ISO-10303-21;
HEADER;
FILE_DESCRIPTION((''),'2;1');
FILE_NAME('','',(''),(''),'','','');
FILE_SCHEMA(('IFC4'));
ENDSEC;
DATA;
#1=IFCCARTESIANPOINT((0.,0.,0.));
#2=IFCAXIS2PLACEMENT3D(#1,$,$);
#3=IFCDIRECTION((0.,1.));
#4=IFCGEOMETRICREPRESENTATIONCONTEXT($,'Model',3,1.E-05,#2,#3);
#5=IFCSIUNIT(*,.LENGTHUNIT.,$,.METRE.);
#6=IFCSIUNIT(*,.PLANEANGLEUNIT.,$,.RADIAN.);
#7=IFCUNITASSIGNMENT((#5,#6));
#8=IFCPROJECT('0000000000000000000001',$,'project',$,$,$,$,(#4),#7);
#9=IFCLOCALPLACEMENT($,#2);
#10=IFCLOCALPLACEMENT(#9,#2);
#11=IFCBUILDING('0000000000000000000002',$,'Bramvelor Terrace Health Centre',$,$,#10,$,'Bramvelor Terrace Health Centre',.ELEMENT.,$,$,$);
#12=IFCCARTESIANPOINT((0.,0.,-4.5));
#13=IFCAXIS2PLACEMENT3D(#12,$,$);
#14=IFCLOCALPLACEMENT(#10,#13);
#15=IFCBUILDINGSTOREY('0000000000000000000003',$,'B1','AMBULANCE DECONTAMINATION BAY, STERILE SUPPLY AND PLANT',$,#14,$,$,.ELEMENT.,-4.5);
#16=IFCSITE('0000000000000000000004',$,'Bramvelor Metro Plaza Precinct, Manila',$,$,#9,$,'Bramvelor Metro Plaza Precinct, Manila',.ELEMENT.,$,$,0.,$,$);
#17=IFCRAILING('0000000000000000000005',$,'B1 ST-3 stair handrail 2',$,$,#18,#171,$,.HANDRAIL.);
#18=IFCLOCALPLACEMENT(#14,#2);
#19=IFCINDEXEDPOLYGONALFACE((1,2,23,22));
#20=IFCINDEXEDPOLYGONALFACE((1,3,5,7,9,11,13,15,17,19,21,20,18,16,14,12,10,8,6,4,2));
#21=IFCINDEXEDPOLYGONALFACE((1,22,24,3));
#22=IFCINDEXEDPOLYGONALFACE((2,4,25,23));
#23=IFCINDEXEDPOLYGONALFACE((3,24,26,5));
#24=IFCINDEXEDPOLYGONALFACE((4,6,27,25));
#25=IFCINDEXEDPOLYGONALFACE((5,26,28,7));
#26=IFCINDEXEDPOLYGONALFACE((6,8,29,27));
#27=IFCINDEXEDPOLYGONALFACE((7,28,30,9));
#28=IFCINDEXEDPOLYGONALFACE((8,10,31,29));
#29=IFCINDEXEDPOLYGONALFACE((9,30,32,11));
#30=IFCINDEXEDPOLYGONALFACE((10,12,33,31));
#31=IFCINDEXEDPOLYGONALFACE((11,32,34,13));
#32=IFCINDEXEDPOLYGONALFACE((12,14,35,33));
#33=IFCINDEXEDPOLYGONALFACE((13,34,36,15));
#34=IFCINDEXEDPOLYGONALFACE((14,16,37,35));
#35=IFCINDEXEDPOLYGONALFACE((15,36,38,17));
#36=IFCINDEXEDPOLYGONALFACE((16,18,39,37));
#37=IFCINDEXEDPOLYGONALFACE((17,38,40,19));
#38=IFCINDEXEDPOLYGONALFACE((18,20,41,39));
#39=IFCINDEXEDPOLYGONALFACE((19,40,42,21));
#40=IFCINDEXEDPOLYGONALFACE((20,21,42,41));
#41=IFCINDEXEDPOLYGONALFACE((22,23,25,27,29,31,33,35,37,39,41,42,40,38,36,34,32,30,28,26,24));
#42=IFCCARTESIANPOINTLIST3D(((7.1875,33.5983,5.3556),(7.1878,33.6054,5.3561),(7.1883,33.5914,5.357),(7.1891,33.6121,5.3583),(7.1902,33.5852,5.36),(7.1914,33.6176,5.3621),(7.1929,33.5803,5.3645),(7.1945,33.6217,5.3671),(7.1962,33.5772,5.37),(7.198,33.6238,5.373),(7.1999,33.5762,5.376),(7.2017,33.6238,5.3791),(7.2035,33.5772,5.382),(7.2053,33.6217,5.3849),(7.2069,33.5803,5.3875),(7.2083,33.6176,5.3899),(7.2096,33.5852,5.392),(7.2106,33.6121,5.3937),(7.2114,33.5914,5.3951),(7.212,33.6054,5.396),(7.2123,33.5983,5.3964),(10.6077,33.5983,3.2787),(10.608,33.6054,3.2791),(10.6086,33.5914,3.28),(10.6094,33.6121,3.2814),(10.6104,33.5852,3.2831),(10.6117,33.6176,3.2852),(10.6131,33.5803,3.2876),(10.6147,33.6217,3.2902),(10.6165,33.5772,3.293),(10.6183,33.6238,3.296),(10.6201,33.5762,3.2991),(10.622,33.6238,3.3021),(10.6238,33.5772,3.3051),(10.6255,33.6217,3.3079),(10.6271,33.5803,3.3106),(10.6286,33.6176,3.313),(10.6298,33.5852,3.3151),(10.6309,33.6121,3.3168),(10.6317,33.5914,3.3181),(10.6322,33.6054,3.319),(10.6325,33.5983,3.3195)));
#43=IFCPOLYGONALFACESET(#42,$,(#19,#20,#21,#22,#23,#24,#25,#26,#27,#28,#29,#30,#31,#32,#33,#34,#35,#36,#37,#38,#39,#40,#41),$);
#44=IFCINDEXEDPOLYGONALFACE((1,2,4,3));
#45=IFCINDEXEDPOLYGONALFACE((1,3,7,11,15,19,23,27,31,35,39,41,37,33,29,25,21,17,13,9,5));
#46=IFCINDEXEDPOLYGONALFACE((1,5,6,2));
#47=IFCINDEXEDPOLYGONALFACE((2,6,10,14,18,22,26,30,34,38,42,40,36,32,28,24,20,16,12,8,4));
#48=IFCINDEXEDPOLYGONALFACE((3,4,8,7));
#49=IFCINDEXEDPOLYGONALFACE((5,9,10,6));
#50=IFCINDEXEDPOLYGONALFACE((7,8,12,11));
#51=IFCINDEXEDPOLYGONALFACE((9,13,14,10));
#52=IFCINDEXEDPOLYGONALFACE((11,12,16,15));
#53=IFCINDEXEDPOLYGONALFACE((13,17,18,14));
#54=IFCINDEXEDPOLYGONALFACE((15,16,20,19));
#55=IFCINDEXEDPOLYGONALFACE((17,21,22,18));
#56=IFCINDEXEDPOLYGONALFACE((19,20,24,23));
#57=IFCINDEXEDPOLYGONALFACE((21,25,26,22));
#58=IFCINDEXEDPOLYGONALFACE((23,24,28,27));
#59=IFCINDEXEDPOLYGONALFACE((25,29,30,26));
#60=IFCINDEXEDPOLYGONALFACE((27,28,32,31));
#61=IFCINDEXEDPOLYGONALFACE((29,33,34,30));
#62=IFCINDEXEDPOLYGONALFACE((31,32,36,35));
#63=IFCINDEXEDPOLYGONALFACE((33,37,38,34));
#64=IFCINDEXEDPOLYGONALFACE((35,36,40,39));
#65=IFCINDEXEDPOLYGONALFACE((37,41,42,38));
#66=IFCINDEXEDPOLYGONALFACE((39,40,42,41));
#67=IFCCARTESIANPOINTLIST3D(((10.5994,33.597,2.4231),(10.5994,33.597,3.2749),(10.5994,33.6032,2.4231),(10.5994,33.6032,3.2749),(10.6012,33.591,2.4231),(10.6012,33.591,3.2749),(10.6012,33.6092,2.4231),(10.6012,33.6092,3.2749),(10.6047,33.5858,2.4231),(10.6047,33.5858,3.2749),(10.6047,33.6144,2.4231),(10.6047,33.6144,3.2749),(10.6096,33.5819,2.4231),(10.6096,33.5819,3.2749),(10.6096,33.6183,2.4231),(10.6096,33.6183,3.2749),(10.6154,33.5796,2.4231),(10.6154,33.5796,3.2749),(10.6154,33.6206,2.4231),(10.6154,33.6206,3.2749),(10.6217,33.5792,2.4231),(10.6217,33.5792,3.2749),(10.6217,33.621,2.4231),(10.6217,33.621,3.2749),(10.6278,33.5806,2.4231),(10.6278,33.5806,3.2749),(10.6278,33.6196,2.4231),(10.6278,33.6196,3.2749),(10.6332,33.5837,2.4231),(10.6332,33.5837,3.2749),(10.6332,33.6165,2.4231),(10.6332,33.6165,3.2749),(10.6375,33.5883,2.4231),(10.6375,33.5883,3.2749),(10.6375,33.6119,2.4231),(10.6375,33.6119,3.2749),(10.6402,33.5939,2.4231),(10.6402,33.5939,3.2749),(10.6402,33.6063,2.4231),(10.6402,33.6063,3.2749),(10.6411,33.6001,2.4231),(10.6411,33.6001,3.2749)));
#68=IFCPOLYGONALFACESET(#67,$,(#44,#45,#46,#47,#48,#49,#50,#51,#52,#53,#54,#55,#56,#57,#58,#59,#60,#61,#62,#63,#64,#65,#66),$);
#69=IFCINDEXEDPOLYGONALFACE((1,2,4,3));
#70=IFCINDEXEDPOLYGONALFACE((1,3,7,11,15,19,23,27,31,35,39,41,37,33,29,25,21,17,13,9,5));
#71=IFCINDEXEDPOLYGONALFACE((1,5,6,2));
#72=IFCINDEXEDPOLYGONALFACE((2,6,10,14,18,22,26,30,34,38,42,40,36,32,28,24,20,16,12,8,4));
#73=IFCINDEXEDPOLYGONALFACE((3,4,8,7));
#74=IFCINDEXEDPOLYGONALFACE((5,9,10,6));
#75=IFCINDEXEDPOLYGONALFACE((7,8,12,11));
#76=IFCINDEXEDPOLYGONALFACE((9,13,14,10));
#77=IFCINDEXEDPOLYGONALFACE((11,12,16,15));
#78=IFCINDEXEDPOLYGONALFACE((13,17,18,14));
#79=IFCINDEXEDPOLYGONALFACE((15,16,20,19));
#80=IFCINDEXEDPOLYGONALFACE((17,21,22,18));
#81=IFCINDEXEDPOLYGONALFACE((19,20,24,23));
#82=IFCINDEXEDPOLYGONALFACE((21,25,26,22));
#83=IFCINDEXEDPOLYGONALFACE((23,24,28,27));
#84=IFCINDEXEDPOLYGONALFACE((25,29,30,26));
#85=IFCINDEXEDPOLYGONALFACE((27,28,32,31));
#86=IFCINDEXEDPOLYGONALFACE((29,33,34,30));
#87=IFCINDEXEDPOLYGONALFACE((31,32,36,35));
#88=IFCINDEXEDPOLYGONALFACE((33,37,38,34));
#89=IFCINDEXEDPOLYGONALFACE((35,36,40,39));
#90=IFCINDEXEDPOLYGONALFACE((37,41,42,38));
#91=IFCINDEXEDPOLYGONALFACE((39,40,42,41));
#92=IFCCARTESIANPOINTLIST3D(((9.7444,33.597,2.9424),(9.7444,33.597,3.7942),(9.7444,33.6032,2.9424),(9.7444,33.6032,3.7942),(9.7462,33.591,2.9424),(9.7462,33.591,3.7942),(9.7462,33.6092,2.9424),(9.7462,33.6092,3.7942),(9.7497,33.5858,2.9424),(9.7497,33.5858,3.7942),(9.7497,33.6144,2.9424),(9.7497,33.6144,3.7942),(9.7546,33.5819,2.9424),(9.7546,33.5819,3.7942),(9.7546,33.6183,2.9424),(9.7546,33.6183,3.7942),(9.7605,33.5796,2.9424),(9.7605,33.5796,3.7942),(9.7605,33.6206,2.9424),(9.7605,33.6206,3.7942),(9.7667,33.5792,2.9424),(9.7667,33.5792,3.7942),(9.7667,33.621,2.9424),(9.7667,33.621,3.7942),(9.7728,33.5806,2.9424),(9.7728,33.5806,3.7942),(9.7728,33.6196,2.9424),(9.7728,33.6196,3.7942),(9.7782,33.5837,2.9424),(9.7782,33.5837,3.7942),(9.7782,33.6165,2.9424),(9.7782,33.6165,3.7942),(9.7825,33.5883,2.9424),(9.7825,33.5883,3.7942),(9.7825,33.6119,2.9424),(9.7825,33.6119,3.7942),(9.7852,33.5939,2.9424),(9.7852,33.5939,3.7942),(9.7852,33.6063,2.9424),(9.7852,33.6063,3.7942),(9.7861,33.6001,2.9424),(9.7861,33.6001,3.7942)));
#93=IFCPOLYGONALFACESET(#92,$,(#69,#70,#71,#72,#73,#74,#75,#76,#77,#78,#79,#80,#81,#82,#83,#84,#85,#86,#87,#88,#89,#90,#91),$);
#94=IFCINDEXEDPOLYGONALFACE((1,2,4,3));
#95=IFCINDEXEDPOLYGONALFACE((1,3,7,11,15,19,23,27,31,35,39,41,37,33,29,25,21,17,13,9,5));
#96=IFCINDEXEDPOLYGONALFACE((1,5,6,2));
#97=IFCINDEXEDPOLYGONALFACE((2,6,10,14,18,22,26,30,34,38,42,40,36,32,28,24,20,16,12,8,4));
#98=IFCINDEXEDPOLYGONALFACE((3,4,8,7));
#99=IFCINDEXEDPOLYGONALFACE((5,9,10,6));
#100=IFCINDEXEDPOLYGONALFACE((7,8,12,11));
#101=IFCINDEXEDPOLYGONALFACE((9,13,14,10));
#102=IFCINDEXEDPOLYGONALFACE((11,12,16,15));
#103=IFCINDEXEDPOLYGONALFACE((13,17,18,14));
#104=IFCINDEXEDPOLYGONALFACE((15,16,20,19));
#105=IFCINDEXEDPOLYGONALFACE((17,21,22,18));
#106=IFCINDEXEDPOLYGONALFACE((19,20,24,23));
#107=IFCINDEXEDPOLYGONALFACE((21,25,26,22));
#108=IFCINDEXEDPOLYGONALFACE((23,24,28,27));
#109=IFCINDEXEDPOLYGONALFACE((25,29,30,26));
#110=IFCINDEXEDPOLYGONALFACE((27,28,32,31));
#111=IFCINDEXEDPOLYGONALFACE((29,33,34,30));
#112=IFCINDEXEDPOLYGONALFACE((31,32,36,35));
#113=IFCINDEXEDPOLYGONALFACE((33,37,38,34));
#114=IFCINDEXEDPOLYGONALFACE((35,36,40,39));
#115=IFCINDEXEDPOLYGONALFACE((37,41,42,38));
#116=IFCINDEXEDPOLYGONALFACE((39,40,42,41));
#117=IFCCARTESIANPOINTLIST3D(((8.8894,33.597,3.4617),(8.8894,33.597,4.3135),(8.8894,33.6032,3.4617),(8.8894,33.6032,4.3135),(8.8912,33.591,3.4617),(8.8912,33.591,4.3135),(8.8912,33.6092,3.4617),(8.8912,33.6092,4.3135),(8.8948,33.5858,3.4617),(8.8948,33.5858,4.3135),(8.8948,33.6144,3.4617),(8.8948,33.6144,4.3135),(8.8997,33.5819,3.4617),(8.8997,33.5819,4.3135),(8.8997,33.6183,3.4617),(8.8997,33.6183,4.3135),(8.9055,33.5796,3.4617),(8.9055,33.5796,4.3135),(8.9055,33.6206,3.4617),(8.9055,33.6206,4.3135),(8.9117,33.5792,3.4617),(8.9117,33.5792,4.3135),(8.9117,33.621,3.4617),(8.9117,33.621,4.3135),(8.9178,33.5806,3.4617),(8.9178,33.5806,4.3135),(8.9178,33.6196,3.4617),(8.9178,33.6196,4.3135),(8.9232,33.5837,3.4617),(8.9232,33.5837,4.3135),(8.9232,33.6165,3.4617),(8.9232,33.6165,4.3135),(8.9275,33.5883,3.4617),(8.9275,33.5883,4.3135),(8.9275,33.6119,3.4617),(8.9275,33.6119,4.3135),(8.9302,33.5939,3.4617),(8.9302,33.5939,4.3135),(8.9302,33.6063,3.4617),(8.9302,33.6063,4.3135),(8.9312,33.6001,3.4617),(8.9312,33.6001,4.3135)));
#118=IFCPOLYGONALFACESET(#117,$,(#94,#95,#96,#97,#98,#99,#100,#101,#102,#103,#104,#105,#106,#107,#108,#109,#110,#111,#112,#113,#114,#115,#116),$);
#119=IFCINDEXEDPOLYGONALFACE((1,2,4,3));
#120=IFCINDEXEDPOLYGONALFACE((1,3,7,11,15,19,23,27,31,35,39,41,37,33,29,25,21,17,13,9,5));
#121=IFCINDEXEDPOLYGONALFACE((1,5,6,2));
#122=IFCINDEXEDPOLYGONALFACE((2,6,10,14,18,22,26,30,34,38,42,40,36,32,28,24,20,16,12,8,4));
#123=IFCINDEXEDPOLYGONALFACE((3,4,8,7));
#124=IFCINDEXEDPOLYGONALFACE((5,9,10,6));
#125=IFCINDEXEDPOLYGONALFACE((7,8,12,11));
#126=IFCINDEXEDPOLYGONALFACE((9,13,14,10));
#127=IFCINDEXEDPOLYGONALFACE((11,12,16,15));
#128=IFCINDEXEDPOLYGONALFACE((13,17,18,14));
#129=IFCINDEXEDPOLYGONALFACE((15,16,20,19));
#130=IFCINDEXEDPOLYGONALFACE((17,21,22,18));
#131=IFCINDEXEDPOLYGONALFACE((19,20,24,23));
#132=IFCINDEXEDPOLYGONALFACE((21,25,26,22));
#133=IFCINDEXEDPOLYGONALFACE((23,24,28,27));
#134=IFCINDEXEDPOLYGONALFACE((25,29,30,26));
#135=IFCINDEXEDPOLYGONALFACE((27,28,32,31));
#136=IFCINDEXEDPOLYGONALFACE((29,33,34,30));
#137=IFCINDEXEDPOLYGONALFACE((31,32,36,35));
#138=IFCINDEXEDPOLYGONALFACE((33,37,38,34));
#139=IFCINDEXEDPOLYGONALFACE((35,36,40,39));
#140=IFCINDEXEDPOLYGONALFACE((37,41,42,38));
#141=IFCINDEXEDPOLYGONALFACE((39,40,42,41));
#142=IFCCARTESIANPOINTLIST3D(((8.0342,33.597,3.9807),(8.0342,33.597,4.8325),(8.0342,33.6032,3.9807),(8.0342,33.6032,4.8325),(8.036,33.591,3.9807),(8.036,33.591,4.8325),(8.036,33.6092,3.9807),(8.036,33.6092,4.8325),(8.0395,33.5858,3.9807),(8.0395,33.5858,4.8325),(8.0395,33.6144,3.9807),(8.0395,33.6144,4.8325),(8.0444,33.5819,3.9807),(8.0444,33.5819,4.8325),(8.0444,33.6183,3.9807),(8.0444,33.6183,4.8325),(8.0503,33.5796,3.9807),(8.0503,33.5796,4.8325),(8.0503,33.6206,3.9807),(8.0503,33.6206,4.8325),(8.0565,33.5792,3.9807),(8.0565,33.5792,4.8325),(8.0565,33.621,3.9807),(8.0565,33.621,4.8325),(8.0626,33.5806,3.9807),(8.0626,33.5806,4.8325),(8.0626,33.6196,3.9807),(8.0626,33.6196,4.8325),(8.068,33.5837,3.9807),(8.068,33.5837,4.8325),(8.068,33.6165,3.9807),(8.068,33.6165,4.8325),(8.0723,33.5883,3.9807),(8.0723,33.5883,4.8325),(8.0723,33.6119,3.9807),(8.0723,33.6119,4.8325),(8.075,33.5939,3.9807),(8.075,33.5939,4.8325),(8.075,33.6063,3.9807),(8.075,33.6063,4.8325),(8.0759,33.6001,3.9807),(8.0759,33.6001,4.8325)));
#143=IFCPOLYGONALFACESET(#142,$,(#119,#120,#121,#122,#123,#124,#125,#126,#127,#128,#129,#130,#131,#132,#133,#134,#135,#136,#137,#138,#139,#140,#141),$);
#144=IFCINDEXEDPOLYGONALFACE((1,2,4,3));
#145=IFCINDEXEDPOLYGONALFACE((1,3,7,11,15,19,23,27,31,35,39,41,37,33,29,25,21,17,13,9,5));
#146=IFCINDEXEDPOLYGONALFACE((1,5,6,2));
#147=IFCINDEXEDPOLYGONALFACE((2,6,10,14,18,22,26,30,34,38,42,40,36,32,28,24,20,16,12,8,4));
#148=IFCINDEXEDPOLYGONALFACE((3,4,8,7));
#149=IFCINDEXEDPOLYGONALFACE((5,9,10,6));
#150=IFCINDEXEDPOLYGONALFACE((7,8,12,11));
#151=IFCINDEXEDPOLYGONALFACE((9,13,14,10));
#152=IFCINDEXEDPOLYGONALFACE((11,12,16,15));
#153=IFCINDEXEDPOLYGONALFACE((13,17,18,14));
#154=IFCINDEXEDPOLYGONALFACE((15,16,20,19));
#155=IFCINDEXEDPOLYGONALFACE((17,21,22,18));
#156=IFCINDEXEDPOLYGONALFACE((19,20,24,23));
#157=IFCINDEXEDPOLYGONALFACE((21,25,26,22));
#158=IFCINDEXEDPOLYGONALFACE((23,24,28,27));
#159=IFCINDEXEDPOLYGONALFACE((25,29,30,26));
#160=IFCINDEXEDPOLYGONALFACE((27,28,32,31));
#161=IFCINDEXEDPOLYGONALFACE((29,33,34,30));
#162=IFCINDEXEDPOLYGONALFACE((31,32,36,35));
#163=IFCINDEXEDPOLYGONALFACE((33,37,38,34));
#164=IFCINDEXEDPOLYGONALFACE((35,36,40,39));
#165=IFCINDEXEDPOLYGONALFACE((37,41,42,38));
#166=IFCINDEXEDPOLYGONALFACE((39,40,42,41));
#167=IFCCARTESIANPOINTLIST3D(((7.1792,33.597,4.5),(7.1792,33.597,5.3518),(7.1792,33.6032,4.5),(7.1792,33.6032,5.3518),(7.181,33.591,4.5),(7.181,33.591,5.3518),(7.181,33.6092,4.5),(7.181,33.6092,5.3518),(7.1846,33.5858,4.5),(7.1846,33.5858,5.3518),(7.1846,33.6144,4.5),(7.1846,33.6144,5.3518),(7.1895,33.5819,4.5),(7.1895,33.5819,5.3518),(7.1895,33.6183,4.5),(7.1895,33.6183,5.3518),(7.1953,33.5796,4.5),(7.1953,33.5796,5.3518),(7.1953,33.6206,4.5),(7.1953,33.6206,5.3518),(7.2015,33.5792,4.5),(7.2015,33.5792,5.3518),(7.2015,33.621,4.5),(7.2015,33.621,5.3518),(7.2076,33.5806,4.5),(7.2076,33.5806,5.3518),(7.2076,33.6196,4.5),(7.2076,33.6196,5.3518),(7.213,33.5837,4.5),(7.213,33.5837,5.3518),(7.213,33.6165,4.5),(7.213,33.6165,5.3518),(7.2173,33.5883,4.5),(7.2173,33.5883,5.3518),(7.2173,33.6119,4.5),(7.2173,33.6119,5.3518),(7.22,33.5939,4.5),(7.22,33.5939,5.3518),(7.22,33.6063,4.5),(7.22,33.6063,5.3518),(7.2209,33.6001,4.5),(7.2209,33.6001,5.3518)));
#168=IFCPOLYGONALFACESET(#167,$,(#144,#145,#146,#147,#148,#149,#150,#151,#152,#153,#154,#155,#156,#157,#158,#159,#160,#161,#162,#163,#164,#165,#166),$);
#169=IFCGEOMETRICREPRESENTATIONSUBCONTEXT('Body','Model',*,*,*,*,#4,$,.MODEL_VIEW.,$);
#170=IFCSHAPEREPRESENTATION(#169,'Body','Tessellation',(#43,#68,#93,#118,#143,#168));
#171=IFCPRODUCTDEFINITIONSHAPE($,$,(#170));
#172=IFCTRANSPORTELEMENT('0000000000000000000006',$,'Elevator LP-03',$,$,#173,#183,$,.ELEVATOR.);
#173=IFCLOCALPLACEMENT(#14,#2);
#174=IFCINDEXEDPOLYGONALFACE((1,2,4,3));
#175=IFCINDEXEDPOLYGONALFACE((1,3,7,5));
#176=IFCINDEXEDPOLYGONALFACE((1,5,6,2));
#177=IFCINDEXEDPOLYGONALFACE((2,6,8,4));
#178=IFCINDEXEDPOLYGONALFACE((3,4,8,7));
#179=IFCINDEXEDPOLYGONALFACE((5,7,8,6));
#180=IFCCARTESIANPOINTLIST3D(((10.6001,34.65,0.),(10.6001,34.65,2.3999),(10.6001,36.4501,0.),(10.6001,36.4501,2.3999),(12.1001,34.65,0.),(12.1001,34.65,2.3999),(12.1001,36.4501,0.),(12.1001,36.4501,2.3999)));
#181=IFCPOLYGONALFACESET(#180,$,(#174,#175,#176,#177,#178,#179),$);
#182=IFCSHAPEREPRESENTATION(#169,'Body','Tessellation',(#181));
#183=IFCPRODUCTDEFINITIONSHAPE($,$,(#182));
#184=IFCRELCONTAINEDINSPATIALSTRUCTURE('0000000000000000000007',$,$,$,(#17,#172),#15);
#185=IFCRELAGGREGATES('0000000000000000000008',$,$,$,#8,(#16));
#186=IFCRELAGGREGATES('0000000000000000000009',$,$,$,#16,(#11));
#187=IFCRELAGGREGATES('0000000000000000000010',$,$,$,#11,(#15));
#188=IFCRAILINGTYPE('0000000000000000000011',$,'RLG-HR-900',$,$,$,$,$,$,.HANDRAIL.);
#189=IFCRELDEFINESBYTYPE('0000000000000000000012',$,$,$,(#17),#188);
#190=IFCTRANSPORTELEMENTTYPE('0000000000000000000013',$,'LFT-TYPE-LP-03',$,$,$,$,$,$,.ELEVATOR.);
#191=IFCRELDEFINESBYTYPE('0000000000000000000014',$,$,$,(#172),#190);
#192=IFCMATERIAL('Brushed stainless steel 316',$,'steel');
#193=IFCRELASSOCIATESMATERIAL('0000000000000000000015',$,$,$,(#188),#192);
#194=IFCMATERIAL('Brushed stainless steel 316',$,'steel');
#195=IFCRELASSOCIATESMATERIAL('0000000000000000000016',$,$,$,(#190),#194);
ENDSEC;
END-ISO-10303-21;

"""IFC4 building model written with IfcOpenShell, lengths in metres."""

from ifc_helpers import new_model, si_unit, direction, frame, origin, origin_2d, place, context, subcontext, project, spatial, rectangle, circle, extrude, material, type_object, element, save


model = new_model("IFC4")

# Units and contexts
model_context = context("Model", 3, precision=1e-05, world=origin(), true_north=direction((0.0, 1.0)))
body_context = subcontext(model_context, "Body", "Model", "MODEL_VIEW")
ifc_project = project(units=[si_unit("LENGTHUNIT", "METRE"), si_unit("PLANEANGLEUNIT", "RADIAN")], contexts=[model_context])

# Site, building, storey
site_placement = place(None, origin())
site = spatial("IfcSite", under=ifc_project, at=site_placement, Name="Bramvelor Metro Plaza Precinct, Manila", LongName="Bramvelor Metro Plaza Precinct, Manila", CompositionType="ELEMENT", RefElevation=0.0)
building_placement = place(site_placement, origin())
building = spatial("IfcBuilding", under=site, at=building_placement, Name="Bramvelor Terrace Health Centre", LongName="Bramvelor Terrace Health Centre", CompositionType="ELEMENT")
storey_placement = place(building_placement, frame((0.0, 0.0, -4.5)))
storey = spatial("IfcBuildingStorey", under=building, at=storey_placement, Name="B1", Description="AMBULANCE DECONTAMINATION BAY, STERILE SUPPLY AND PLANT", CompositionType="ELEMENT", Elevation=-4.5)

# Railing
ifc_material_1 = material(Name="Brushed stainless steel 316", Category="steel")
railing_type_1 = type_object("IfcRailingType", Name="RLG-HR-900", PredefinedType="HANDRAIL", material=ifc_material_1)
railing_1_placement = place(storey_placement, frame((10.6201, 33.6001, 2.4231)))
element("IfcRailing", 1, at=railing_1_placement, inside=storey, type_object=railing_type_1, Name="B1 ST-3 stair handrail 2", PredefinedType="HANDRAIL", context=body_context, shape_type="SweptSolid", body=[
    extrude(circle(Radius=0.0239, at=origin_2d()), frame((0.0, 0.0, 0.876), z_axis=(-0.854746, 0.0, 0.519047), x_axis=(0.0, -1.0, 0.0)), (0.0, 0.0, 1.0), 4.0015),
    extrude(circle(Radius=0.021, at=origin_2d()), origin(), (0.0, 0.0, 1.0), 0.8518),
    extrude(circle(Radius=0.021, at=origin_2d()), frame((-0.855, 0.0, 0.5193)), (0.0, 0.0, 1.0), 0.8518),
    extrude(circle(Radius=0.021, at=origin_2d()), frame((-1.71, 0.0, 1.0386)), (0.0, 0.0, 1.0), 0.8518),
    extrude(circle(Radius=0.021, at=origin_2d()), frame((-2.5652, 0.0, 1.5576)), (0.0, 0.0, 1.0), 0.8518),
    extrude(circle(Radius=0.021, at=origin_2d()), frame((-3.4202, 0.0, 2.0769)), (0.0, 0.0, 1.0), 0.8518),
])

# Transport element
ifc_material_2 = material(Name="Brushed stainless steel 316", Category="steel")
transport_element_type = type_object("IfcTransportElementType", Name="LFT-TYPE-LP-03", PredefinedType="ELEVATOR", material=ifc_material_2)
transport_element_placement = place(storey_placement, frame((11.3501, 35.55, 0.0), z_axis=(0.0, 0.0, 1.0), x_axis=(1.0, 0.0, 0.0)))
element("IfcTransportElement", 2, at=transport_element_placement, inside=storey, type_object=transport_element_type, Name="Elevator LP-03", PredefinedType="ELEVATOR", context=body_context, shape_type="SweptSolid", body=[
    extrude(rectangle(XDim=1.5, YDim=1.8, at=origin_2d()), origin(), (0.0, 0.0, 1.0), 2.3999),
])

save(model, "model.ifc")
